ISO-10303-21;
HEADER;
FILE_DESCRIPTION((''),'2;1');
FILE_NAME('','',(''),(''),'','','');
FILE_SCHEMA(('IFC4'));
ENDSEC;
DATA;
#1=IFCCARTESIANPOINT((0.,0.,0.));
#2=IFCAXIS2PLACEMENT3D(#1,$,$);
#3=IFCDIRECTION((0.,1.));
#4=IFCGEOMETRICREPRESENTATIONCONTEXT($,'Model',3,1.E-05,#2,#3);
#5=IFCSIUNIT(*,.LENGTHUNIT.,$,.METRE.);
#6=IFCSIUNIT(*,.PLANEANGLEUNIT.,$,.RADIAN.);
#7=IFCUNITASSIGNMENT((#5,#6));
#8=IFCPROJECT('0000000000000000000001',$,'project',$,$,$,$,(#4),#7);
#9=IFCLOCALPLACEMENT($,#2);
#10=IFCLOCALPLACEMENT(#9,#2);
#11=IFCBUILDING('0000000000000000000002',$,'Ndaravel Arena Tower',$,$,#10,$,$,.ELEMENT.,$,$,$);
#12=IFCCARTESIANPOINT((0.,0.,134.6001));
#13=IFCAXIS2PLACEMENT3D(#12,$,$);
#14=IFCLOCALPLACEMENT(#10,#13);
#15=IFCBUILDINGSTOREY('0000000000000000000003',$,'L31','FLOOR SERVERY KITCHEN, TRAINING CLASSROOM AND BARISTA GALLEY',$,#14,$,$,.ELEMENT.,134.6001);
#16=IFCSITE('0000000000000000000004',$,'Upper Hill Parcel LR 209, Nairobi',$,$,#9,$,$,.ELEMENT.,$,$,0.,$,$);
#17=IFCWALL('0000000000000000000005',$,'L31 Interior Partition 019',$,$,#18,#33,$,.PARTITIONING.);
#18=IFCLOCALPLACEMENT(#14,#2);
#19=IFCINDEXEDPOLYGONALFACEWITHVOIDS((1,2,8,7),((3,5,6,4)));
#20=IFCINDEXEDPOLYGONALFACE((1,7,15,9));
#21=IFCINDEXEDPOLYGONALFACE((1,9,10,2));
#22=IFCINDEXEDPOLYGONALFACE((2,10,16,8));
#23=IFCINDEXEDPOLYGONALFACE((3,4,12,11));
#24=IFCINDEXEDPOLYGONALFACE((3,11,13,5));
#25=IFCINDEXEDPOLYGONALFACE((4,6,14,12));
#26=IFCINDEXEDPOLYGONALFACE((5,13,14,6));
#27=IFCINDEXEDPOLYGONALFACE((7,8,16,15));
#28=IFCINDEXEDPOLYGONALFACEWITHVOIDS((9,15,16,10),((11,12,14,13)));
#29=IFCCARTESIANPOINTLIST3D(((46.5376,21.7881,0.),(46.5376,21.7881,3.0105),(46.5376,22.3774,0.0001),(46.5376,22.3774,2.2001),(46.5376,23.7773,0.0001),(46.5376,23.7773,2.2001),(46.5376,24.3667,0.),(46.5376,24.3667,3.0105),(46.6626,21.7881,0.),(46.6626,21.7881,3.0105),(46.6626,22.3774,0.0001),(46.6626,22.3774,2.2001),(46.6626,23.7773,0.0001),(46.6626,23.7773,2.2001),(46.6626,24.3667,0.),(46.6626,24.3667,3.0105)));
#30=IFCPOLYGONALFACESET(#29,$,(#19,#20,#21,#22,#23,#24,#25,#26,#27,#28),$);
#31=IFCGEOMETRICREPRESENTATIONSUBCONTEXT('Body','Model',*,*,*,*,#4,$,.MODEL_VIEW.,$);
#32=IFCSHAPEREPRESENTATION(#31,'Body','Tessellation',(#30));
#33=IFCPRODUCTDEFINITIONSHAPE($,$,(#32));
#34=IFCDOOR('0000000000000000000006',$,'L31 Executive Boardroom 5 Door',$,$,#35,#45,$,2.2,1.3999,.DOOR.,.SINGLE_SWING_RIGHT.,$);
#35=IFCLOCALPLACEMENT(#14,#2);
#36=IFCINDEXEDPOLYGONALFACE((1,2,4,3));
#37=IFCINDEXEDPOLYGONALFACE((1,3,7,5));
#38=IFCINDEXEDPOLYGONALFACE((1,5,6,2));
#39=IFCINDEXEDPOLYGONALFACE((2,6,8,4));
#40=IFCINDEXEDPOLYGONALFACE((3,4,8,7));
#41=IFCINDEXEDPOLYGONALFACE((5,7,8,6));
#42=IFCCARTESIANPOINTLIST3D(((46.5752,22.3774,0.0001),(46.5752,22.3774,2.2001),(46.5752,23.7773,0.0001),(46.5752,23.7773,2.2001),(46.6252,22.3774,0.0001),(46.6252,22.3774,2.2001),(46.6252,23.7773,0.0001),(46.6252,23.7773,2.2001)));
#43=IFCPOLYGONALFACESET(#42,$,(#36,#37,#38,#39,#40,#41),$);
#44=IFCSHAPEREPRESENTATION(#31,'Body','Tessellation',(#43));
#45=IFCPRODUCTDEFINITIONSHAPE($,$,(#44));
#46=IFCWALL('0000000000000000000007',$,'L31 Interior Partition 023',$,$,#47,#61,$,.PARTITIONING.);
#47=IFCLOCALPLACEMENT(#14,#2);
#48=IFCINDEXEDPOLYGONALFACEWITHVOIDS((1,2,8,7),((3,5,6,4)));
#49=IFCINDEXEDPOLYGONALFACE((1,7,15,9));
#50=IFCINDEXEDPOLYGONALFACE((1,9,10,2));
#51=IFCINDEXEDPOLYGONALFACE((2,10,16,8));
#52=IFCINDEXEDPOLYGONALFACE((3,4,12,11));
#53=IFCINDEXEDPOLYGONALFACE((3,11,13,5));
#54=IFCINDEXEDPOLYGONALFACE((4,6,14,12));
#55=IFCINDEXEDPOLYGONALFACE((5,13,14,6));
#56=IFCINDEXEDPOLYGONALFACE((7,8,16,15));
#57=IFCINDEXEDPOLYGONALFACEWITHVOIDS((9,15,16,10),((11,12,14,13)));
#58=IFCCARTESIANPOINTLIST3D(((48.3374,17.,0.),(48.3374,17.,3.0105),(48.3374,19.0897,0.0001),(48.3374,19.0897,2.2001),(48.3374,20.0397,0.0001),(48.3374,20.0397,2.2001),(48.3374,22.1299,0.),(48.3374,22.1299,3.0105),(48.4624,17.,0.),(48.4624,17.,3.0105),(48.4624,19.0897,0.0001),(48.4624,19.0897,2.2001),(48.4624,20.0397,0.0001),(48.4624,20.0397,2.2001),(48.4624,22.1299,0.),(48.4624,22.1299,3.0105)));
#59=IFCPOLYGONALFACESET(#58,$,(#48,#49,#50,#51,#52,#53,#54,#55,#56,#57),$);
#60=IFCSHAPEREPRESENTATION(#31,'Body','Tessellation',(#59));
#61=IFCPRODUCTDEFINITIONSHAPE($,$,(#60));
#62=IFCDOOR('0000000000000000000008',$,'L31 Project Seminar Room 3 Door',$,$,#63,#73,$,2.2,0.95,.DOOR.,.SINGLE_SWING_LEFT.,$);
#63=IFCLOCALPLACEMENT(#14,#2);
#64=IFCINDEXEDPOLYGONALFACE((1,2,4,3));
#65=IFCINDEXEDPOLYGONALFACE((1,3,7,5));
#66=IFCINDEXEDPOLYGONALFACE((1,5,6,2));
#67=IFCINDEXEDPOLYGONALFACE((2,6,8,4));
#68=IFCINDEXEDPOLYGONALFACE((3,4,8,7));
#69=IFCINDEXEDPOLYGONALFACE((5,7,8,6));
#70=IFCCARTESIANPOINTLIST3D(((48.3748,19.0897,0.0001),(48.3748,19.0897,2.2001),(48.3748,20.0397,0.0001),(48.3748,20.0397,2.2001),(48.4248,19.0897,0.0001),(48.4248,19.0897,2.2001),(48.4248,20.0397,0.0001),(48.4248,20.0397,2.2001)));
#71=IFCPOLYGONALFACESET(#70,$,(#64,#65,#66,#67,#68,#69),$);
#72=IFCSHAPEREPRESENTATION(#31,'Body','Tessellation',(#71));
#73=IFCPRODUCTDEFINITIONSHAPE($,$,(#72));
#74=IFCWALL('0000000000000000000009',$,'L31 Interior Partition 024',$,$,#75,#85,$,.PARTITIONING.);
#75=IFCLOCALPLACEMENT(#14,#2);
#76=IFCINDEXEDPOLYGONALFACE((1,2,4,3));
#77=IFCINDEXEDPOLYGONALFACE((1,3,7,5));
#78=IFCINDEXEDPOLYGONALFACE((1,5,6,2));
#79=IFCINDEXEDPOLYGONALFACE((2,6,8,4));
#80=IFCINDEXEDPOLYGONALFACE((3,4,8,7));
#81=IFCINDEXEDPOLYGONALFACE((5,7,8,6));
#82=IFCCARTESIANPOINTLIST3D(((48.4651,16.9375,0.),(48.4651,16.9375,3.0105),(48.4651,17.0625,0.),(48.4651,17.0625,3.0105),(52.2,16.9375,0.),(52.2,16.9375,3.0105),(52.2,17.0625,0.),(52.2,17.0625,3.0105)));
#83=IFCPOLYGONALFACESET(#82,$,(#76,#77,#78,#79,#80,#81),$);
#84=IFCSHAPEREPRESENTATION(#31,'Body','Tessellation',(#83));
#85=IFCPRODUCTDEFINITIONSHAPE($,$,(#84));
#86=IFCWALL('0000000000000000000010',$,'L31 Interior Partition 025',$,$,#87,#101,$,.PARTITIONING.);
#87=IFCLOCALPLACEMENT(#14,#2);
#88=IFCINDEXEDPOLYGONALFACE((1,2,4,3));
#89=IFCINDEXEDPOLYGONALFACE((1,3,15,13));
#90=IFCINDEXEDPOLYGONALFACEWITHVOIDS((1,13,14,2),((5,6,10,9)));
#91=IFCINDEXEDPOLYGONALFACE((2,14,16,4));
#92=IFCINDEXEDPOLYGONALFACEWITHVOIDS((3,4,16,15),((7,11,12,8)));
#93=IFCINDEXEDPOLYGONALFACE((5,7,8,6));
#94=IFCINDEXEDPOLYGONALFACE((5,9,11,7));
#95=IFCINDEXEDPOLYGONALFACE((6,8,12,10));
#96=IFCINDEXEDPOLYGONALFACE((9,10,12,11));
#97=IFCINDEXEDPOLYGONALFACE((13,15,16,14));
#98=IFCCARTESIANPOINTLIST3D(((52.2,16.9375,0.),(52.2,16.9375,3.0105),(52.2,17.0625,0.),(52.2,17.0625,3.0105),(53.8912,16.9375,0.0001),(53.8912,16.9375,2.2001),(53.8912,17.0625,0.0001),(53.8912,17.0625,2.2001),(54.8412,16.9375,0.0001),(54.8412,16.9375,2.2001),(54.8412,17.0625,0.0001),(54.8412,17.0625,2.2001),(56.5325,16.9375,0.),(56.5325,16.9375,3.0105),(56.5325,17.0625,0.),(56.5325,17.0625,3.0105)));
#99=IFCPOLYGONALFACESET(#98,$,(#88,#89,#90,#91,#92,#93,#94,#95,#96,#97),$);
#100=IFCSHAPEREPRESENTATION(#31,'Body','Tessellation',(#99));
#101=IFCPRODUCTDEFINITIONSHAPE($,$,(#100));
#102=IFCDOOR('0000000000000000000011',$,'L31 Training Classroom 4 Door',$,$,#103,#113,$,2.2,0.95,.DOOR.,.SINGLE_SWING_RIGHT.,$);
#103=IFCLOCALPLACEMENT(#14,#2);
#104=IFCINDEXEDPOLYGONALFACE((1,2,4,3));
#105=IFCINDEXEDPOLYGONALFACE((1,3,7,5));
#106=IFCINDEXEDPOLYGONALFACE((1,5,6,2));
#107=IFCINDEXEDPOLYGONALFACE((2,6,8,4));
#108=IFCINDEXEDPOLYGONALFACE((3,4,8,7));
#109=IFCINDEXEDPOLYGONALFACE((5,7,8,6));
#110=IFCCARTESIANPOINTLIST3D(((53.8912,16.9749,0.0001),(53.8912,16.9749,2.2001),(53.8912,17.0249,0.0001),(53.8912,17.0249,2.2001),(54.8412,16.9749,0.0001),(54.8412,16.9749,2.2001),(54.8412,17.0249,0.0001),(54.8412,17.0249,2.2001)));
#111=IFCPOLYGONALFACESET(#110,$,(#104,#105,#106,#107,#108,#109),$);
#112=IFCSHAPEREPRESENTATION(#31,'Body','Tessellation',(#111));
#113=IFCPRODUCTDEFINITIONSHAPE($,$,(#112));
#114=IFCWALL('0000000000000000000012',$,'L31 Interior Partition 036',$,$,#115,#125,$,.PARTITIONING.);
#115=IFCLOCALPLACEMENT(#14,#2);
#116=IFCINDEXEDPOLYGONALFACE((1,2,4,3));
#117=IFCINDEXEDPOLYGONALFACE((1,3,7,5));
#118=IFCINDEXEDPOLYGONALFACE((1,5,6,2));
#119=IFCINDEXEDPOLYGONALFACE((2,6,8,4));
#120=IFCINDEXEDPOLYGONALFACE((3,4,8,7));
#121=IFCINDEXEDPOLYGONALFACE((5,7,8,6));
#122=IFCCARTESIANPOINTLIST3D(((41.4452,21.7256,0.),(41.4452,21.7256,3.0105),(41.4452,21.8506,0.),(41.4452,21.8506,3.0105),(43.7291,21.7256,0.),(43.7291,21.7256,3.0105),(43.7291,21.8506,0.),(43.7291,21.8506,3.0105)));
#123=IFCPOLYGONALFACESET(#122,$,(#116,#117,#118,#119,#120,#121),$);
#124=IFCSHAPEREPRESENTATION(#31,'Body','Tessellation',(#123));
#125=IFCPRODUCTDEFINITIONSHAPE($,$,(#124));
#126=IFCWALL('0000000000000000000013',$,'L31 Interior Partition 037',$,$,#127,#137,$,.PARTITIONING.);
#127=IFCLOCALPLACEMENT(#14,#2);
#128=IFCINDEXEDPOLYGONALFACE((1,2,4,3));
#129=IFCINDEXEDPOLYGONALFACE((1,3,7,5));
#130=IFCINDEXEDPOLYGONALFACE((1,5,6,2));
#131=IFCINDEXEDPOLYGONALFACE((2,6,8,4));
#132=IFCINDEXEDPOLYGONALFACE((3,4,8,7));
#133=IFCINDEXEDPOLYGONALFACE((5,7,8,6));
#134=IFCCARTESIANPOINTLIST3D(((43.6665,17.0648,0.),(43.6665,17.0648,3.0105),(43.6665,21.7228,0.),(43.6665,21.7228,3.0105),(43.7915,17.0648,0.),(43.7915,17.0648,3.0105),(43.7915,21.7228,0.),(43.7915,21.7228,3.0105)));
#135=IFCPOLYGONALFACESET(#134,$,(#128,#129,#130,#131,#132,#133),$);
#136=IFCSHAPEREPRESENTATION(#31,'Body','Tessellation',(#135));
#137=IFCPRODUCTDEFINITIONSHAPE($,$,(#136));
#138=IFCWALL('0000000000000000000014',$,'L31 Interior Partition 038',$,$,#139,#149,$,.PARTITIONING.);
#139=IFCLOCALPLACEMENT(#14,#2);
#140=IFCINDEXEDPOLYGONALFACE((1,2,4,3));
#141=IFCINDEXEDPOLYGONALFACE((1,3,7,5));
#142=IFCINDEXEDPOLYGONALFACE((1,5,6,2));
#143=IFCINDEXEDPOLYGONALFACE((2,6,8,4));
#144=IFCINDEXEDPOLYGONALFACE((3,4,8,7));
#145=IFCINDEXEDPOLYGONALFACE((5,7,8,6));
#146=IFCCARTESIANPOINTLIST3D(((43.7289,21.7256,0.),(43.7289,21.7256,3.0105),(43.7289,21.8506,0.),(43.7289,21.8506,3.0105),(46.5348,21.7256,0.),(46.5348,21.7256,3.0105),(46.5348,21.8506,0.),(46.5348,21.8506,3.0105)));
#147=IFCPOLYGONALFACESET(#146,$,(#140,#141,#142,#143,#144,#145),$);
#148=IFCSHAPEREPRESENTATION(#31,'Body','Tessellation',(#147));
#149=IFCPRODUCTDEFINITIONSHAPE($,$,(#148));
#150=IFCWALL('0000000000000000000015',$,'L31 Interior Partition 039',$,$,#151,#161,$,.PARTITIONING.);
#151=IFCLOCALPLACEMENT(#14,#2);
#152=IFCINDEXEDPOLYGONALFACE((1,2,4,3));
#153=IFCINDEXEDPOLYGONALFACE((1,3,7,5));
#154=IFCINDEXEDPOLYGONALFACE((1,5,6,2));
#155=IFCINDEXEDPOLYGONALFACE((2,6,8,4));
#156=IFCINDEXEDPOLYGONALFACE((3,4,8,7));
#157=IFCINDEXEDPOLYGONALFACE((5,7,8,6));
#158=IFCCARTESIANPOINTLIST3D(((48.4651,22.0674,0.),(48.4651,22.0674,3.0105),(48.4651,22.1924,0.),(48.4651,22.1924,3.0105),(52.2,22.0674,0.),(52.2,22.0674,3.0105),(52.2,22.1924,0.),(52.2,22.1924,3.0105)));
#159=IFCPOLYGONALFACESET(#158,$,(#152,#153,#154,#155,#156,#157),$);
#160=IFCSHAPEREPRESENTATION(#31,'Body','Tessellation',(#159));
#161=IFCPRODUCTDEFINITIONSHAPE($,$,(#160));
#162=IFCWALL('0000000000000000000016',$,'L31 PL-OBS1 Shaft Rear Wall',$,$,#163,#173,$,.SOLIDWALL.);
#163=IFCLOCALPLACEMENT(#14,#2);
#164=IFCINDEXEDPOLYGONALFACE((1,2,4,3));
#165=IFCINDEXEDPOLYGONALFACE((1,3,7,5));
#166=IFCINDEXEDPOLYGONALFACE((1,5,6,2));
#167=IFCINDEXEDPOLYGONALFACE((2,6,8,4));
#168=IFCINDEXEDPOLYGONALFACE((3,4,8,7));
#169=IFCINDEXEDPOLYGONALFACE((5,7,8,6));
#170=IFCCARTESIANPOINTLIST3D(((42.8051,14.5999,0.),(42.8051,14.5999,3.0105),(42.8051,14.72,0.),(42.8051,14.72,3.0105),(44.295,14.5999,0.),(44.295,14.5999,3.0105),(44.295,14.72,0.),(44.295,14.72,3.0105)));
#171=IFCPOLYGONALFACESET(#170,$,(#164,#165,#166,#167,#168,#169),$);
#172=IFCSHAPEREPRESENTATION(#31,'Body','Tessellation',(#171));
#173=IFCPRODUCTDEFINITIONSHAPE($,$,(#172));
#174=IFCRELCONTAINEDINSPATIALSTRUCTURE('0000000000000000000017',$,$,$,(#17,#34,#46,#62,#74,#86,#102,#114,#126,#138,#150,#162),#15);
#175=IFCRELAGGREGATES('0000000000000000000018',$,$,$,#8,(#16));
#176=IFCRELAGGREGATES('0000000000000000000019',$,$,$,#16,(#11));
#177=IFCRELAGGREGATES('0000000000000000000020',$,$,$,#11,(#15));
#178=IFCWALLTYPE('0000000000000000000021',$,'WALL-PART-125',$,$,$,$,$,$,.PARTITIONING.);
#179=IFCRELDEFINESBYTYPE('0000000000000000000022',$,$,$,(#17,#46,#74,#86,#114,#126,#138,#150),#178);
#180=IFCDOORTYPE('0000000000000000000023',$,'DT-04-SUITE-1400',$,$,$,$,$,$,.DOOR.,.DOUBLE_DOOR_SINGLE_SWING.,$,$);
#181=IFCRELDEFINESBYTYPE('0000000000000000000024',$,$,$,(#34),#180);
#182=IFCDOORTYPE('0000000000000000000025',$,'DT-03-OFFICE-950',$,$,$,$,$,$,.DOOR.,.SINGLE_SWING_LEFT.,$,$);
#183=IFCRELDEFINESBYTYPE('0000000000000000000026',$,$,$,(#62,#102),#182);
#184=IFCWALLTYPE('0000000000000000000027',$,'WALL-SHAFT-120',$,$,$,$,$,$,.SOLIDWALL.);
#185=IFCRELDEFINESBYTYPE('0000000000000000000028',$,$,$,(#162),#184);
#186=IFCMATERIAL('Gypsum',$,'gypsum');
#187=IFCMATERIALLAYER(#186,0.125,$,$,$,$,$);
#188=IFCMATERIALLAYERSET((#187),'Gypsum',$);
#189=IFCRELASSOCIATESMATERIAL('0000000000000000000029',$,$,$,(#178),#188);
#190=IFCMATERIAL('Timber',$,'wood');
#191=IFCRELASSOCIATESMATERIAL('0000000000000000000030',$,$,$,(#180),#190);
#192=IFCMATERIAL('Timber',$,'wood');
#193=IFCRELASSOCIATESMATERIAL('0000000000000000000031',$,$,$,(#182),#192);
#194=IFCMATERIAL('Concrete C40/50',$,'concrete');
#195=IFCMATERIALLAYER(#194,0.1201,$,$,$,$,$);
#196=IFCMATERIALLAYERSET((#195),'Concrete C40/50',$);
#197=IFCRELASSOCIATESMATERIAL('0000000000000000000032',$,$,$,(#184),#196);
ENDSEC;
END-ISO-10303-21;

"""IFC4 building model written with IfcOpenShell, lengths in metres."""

from ifc_helpers import new_model, si_unit, direction, frame, frame_2d, origin, place, context, subcontext, project, spatial, rectangle, extrude, material, layer, layer_set, type_object, element, fill, save


model = new_model("IFC4")

# Units and contexts
model_context = context("Model", 3, precision=1e-05, world=origin(), true_north=direction((0.0, 1.0)))
body_context = subcontext(model_context, "Body", "Model", "MODEL_VIEW")
ifc_project = project(units=[si_unit("LENGTHUNIT", "METRE"), si_unit("PLANEANGLEUNIT", "RADIAN")], contexts=[model_context])

# Site, building, storey
site_placement = place(None, origin())
site = spatial("IfcSite", under=ifc_project, at=site_placement, Name="Upper Hill Parcel LR 209, Nairobi", CompositionType="ELEMENT", RefElevation=0.0)
building_placement = place(site_placement, origin())
building = spatial("IfcBuilding", under=site, at=building_placement, Name="Ndaravel Arena Tower", CompositionType="ELEMENT")
storey_placement = place(building_placement, frame((0.0, 0.0, 134.6001)))
storey = spatial("IfcBuildingStorey", under=building, at=storey_placement, Name="L31", Description="FLOOR SERVERY KITCHEN, TRAINING CLASSROOM AND BARISTA GALLEY", CompositionType="ELEMENT", Elevation=134.6001)

# Shared definitions
ifc_material_1 = material(Name="Gypsum", Category="gypsum")
ifc_layer_1 = layer(ifc_material_1, 0.125)
ifc_layer_set_1 = layer_set([ifc_layer_1], Name="Gypsum")
wall_type_1 = type_object("IfcWallType", Name="WALL-PART-125", PredefinedType="PARTITIONING", material=ifc_layer_set_1)

# Walls, openings, doors
ifc_material_2 = material(Name="Timber", Category="wood")
door_type_1 = type_object("IfcDoorType", Name="DT-04-SUITE-1400", OperationType="DOUBLE_DOOR_SINGLE_SWING", PredefinedType="DOOR", material=ifc_material_2)
wall_1_placement = place(storey_placement, frame((46.6001, 21.7881, 0.0), z_axis=(0.0, 0.0, 1.0), x_axis=(0.0, 1.0, 0.0)))
wall_1 = element("IfcWall", 1, at=wall_1_placement, inside=storey, type_object=wall_type_1, Name="L31 Interior Partition 019", PredefinedType="PARTITIONING", context=body_context, shape_type="SweptSolid", body=[
    extrude(rectangle(XDim=2.5786, YDim=0.125, at=frame_2d((1.2893, 0.0))), origin(), (0.0, 0.0, 1.0), 3.0105),
])
opening_1_placement = place(wall_1_placement, frame((0.5894, 0.0, 0.0)))
opening_1 = element("IfcOpeningElement", 2, at=opening_1_placement, cuts=wall_1, PredefinedType="OPENING", context=body_context, shape_type="SweptSolid", body=[
    extrude(rectangle(XDim=1.3999, YDim=2.2, at=frame_2d((0.7, 1.1001))), frame((0.0, 0.0625, 0.0), z_axis=(0.0, -1.0, 0.0), x_axis=(1.0, 0.0, 0.0)), (0.0, 0.0, 1.0), 0.125),
])
door_1_placement = place(opening_1_placement, origin())
door_1 = element("IfcDoor", 3, at=door_1_placement, inside=storey, type_object=door_type_1, Name="L31 Executive Boardroom 5 Door", OperationType="SINGLE_SWING_RIGHT", OverallHeight=2.2, OverallWidth=1.3999, PredefinedType="DOOR", context=body_context, shape_type="SweptSolid", body=[
    extrude(rectangle(XDim=1.3999, YDim=2.2, at=frame_2d((0.7, 1.1001))), frame((0.0, 0.0249, 0.0), z_axis=(0.0, -1.0, 0.0), x_axis=(1.0, 0.0, 0.0)), (0.0, 0.0, 1.0), 0.05),
])
fill(opening_1, door_1)
wall_2_placement = place(storey_placement, frame((48.3999, 22.1299, 0.0), z_axis=(0.0, 0.0, 1.0), x_axis=(0.0, -1.0, 0.0)))
wall_2 = element("IfcWall", 4, at=wall_2_placement, inside=storey, type_object=wall_type_1, Name="L31 Interior Partition 023", PredefinedType="PARTITIONING", context=body_context, shape_type="SweptSolid", body=[
    extrude(rectangle(XDim=5.1299, YDim=0.125, at=frame_2d((2.5649, 0.0))), origin(), (0.0, 0.0, 1.0), 3.0105),
])
opening_2_placement = place(wall_2_placement, frame((2.0901, 0.0, 0.0)))
opening_2 = element("IfcOpeningElement", 5, at=opening_2_placement, cuts=wall_2, PredefinedType="OPENING", context=body_context, shape_type="SweptSolid", body=[
    extrude(rectangle(XDim=0.95, YDim=2.2, at=frame_2d((0.4751, 1.1001))), frame((0.0, 0.0625, 0.0), z_axis=(0.0, -1.0, 0.0), x_axis=(1.0, 0.0, 0.0)), (0.0, 0.0, 1.0), 0.125),
])
ifc_material_3 = material(Name="Timber", Category="wood")
door_type_2 = type_object("IfcDoorType", Name="DT-03-OFFICE-950", OperationType="SINGLE_SWING_LEFT", PredefinedType="DOOR", material=ifc_material_3)
door_2_placement = place(opening_2_placement, origin())
door_2 = element("IfcDoor", 6, at=door_2_placement, inside=storey, type_object=door_type_2, Name="L31 Project Seminar Room 3 Door", OperationType="SINGLE_SWING_LEFT", OverallHeight=2.2, OverallWidth=0.95, PredefinedType="DOOR", context=body_context, shape_type="SweptSolid", body=[
    extrude(rectangle(XDim=0.95, YDim=2.2, at=frame_2d((0.4751, 1.1001))), frame((0.0, 0.0249, 0.0), z_axis=(0.0, -1.0, 0.0), x_axis=(1.0, 0.0, 0.0)), (0.0, 0.0, 1.0), 0.05),
])
fill(opening_2, door_2)

# Wall
wall_3_placement = place(storey_placement, frame((48.4651, 17.0, 0.0), z_axis=(0.0, 0.0, 1.0), x_axis=(1.0, 0.0, 0.0)))
element("IfcWall", 7, at=wall_3_placement, inside=storey, type_object=wall_type_1, Name="L31 Interior Partition 024", PredefinedType="PARTITIONING", context=body_context, shape_type="SweptSolid", body=[
    extrude(rectangle(XDim=3.7349, YDim=0.125, at=frame_2d((1.8674, 0.0))), origin(), (0.0, 0.0, 1.0), 3.0105),
])

# Wall, opening, door
wall_4_placement = place(storey_placement, frame((52.2, 17.0, 0.0), z_axis=(0.0, 0.0, 1.0), x_axis=(1.0, 0.0, 0.0)))
wall_4 = element("IfcWall", 8, at=wall_4_placement, inside=storey, type_object=wall_type_1, Name="L31 Interior Partition 025", PredefinedType="PARTITIONING", context=body_context, shape_type="SweptSolid", body=[
    extrude(rectangle(XDim=4.3325, YDim=0.125, at=frame_2d((2.1663, 0.0))), origin(), (0.0, 0.0, 1.0), 3.0105),
])
opening_3_placement = place(wall_4_placement, frame((1.6912, 0.0, 0.0)))
opening_3 = element("IfcOpeningElement", 9, at=opening_3_placement, cuts=wall_4, PredefinedType="OPENING", context=body_context, shape_type="SweptSolid", body=[
    extrude(rectangle(XDim=0.95, YDim=2.2, at=frame_2d((0.4751, 1.1001))), frame((0.0, 0.0625, 0.0), z_axis=(0.0, -1.0, 0.0), x_axis=(1.0, 0.0, 0.0)), (0.0, 0.0, 1.0), 0.125),
])
door_3_placement = place(opening_3_placement, origin())
door_3 = element("IfcDoor", 10, at=door_3_placement, inside=storey, type_object=door_type_2, Name="L31 Training Classroom 4 Door", OperationType="SINGLE_SWING_RIGHT", OverallHeight=2.2, OverallWidth=0.95, PredefinedType="DOOR", context=body_context, shape_type="SweptSolid", body=[
    extrude(rectangle(XDim=0.95, YDim=2.2, at=frame_2d((0.4751, 1.1001))), frame((0.0, 0.0249, 0.0), z_axis=(0.0, -1.0, 0.0), x_axis=(1.0, 0.0, 0.0)), (0.0, 0.0, 1.0), 0.05),
])
fill(opening_3, door_3)

# Walls
wall_5_placement = place(storey_placement, frame((41.4451, 21.7881, 0.0), z_axis=(0.0, 0.0, 1.0), x_axis=(1.0, 0.0, 0.0)))
element("IfcWall", 11, at=wall_5_placement, inside=storey, type_object=wall_type_1, Name="L31 Interior Partition 036", PredefinedType="PARTITIONING", context=body_context, shape_type="SweptSolid", body=[
    extrude(rectangle(XDim=2.2839, YDim=0.125, at=frame_2d((1.1421, 0.0))), origin(), (0.0, 0.0, 1.0), 3.0105),
])
wall_6_placement = place(storey_placement, frame((43.729, 21.7229, 0.0), z_axis=(0.0, 0.0, 1.0), x_axis=(0.0, -1.0, 0.0)))
element("IfcWall", 12, at=wall_6_placement, inside=storey, type_object=wall_type_1, Name="L31 Interior Partition 037", PredefinedType="PARTITIONING", context=body_context, shape_type="SweptSolid", body=[
    extrude(rectangle(XDim=4.658, YDim=0.125, at=frame_2d((2.3291, 0.0))), origin(), (0.0, 0.0, 1.0), 3.0105),
])
wall_7_placement = place(storey_placement, frame((43.729, 21.7881, 0.0), z_axis=(0.0, 0.0, 1.0), x_axis=(1.0, 0.0, 0.0)))
element("IfcWall", 13, at=wall_7_placement, inside=storey, type_object=wall_type_1, Name="L31 Interior Partition 038", PredefinedType="PARTITIONING", context=body_context, shape_type="SweptSolid", body=[
    extrude(rectangle(XDim=2.8059, YDim=0.125, at=frame_2d((1.4028, 0.0))), origin(), (0.0, 0.0, 1.0), 3.0105),
])
wall_8_placement = place(storey_placement, frame((48.4651, 22.1299, 0.0), z_axis=(0.0, 0.0, 1.0), x_axis=(1.0, 0.0, 0.0)))
element("IfcWall", 14, at=wall_8_placement, inside=storey, type_object=wall_type_1, Name="L31 Interior Partition 039", PredefinedType="PARTITIONING", context=body_context, shape_type="SweptSolid", body=[
    extrude(rectangle(XDim=3.7349, YDim=0.125, at=frame_2d((1.8674, 0.0))), origin(), (0.0, 0.0, 1.0), 3.0105),
])
ifc_material_4 = material(Name="Concrete C40/50", Category="concrete")
ifc_layer_2 = layer(ifc_material_4, 0.1201)
ifc_layer_set_2 = layer_set([ifc_layer_2], Name="Concrete C40/50")
wall_type_2 = type_object("IfcWallType", Name="WALL-SHAFT-120", PredefinedType="SOLIDWALL", material=ifc_layer_set_2)
for number, where, z_axis, x_axis, name in (
    (15, (42.8049, 14.6599, 0.0), (0.0, 0.0, 1.0), (1.0, 0.0, 0.0), "L31 PL-OBS1 Shaft Rear Wall"),
):
    element("IfcWall", number, at=place(storey_placement, frame(where, z_axis=z_axis, x_axis=x_axis)), inside=storey, type_object=wall_type_2, Name=name, PredefinedType="SOLIDWALL", context=body_context, shape_type="SweptSolid", body=[
        extrude(rectangle(XDim=1.49, YDim=0.1201, at=frame_2d((0.7451, 0.0))), origin(), (0.0, 0.0, 1.0), 3.0105),
    ])

save(model, "model.ifc")
